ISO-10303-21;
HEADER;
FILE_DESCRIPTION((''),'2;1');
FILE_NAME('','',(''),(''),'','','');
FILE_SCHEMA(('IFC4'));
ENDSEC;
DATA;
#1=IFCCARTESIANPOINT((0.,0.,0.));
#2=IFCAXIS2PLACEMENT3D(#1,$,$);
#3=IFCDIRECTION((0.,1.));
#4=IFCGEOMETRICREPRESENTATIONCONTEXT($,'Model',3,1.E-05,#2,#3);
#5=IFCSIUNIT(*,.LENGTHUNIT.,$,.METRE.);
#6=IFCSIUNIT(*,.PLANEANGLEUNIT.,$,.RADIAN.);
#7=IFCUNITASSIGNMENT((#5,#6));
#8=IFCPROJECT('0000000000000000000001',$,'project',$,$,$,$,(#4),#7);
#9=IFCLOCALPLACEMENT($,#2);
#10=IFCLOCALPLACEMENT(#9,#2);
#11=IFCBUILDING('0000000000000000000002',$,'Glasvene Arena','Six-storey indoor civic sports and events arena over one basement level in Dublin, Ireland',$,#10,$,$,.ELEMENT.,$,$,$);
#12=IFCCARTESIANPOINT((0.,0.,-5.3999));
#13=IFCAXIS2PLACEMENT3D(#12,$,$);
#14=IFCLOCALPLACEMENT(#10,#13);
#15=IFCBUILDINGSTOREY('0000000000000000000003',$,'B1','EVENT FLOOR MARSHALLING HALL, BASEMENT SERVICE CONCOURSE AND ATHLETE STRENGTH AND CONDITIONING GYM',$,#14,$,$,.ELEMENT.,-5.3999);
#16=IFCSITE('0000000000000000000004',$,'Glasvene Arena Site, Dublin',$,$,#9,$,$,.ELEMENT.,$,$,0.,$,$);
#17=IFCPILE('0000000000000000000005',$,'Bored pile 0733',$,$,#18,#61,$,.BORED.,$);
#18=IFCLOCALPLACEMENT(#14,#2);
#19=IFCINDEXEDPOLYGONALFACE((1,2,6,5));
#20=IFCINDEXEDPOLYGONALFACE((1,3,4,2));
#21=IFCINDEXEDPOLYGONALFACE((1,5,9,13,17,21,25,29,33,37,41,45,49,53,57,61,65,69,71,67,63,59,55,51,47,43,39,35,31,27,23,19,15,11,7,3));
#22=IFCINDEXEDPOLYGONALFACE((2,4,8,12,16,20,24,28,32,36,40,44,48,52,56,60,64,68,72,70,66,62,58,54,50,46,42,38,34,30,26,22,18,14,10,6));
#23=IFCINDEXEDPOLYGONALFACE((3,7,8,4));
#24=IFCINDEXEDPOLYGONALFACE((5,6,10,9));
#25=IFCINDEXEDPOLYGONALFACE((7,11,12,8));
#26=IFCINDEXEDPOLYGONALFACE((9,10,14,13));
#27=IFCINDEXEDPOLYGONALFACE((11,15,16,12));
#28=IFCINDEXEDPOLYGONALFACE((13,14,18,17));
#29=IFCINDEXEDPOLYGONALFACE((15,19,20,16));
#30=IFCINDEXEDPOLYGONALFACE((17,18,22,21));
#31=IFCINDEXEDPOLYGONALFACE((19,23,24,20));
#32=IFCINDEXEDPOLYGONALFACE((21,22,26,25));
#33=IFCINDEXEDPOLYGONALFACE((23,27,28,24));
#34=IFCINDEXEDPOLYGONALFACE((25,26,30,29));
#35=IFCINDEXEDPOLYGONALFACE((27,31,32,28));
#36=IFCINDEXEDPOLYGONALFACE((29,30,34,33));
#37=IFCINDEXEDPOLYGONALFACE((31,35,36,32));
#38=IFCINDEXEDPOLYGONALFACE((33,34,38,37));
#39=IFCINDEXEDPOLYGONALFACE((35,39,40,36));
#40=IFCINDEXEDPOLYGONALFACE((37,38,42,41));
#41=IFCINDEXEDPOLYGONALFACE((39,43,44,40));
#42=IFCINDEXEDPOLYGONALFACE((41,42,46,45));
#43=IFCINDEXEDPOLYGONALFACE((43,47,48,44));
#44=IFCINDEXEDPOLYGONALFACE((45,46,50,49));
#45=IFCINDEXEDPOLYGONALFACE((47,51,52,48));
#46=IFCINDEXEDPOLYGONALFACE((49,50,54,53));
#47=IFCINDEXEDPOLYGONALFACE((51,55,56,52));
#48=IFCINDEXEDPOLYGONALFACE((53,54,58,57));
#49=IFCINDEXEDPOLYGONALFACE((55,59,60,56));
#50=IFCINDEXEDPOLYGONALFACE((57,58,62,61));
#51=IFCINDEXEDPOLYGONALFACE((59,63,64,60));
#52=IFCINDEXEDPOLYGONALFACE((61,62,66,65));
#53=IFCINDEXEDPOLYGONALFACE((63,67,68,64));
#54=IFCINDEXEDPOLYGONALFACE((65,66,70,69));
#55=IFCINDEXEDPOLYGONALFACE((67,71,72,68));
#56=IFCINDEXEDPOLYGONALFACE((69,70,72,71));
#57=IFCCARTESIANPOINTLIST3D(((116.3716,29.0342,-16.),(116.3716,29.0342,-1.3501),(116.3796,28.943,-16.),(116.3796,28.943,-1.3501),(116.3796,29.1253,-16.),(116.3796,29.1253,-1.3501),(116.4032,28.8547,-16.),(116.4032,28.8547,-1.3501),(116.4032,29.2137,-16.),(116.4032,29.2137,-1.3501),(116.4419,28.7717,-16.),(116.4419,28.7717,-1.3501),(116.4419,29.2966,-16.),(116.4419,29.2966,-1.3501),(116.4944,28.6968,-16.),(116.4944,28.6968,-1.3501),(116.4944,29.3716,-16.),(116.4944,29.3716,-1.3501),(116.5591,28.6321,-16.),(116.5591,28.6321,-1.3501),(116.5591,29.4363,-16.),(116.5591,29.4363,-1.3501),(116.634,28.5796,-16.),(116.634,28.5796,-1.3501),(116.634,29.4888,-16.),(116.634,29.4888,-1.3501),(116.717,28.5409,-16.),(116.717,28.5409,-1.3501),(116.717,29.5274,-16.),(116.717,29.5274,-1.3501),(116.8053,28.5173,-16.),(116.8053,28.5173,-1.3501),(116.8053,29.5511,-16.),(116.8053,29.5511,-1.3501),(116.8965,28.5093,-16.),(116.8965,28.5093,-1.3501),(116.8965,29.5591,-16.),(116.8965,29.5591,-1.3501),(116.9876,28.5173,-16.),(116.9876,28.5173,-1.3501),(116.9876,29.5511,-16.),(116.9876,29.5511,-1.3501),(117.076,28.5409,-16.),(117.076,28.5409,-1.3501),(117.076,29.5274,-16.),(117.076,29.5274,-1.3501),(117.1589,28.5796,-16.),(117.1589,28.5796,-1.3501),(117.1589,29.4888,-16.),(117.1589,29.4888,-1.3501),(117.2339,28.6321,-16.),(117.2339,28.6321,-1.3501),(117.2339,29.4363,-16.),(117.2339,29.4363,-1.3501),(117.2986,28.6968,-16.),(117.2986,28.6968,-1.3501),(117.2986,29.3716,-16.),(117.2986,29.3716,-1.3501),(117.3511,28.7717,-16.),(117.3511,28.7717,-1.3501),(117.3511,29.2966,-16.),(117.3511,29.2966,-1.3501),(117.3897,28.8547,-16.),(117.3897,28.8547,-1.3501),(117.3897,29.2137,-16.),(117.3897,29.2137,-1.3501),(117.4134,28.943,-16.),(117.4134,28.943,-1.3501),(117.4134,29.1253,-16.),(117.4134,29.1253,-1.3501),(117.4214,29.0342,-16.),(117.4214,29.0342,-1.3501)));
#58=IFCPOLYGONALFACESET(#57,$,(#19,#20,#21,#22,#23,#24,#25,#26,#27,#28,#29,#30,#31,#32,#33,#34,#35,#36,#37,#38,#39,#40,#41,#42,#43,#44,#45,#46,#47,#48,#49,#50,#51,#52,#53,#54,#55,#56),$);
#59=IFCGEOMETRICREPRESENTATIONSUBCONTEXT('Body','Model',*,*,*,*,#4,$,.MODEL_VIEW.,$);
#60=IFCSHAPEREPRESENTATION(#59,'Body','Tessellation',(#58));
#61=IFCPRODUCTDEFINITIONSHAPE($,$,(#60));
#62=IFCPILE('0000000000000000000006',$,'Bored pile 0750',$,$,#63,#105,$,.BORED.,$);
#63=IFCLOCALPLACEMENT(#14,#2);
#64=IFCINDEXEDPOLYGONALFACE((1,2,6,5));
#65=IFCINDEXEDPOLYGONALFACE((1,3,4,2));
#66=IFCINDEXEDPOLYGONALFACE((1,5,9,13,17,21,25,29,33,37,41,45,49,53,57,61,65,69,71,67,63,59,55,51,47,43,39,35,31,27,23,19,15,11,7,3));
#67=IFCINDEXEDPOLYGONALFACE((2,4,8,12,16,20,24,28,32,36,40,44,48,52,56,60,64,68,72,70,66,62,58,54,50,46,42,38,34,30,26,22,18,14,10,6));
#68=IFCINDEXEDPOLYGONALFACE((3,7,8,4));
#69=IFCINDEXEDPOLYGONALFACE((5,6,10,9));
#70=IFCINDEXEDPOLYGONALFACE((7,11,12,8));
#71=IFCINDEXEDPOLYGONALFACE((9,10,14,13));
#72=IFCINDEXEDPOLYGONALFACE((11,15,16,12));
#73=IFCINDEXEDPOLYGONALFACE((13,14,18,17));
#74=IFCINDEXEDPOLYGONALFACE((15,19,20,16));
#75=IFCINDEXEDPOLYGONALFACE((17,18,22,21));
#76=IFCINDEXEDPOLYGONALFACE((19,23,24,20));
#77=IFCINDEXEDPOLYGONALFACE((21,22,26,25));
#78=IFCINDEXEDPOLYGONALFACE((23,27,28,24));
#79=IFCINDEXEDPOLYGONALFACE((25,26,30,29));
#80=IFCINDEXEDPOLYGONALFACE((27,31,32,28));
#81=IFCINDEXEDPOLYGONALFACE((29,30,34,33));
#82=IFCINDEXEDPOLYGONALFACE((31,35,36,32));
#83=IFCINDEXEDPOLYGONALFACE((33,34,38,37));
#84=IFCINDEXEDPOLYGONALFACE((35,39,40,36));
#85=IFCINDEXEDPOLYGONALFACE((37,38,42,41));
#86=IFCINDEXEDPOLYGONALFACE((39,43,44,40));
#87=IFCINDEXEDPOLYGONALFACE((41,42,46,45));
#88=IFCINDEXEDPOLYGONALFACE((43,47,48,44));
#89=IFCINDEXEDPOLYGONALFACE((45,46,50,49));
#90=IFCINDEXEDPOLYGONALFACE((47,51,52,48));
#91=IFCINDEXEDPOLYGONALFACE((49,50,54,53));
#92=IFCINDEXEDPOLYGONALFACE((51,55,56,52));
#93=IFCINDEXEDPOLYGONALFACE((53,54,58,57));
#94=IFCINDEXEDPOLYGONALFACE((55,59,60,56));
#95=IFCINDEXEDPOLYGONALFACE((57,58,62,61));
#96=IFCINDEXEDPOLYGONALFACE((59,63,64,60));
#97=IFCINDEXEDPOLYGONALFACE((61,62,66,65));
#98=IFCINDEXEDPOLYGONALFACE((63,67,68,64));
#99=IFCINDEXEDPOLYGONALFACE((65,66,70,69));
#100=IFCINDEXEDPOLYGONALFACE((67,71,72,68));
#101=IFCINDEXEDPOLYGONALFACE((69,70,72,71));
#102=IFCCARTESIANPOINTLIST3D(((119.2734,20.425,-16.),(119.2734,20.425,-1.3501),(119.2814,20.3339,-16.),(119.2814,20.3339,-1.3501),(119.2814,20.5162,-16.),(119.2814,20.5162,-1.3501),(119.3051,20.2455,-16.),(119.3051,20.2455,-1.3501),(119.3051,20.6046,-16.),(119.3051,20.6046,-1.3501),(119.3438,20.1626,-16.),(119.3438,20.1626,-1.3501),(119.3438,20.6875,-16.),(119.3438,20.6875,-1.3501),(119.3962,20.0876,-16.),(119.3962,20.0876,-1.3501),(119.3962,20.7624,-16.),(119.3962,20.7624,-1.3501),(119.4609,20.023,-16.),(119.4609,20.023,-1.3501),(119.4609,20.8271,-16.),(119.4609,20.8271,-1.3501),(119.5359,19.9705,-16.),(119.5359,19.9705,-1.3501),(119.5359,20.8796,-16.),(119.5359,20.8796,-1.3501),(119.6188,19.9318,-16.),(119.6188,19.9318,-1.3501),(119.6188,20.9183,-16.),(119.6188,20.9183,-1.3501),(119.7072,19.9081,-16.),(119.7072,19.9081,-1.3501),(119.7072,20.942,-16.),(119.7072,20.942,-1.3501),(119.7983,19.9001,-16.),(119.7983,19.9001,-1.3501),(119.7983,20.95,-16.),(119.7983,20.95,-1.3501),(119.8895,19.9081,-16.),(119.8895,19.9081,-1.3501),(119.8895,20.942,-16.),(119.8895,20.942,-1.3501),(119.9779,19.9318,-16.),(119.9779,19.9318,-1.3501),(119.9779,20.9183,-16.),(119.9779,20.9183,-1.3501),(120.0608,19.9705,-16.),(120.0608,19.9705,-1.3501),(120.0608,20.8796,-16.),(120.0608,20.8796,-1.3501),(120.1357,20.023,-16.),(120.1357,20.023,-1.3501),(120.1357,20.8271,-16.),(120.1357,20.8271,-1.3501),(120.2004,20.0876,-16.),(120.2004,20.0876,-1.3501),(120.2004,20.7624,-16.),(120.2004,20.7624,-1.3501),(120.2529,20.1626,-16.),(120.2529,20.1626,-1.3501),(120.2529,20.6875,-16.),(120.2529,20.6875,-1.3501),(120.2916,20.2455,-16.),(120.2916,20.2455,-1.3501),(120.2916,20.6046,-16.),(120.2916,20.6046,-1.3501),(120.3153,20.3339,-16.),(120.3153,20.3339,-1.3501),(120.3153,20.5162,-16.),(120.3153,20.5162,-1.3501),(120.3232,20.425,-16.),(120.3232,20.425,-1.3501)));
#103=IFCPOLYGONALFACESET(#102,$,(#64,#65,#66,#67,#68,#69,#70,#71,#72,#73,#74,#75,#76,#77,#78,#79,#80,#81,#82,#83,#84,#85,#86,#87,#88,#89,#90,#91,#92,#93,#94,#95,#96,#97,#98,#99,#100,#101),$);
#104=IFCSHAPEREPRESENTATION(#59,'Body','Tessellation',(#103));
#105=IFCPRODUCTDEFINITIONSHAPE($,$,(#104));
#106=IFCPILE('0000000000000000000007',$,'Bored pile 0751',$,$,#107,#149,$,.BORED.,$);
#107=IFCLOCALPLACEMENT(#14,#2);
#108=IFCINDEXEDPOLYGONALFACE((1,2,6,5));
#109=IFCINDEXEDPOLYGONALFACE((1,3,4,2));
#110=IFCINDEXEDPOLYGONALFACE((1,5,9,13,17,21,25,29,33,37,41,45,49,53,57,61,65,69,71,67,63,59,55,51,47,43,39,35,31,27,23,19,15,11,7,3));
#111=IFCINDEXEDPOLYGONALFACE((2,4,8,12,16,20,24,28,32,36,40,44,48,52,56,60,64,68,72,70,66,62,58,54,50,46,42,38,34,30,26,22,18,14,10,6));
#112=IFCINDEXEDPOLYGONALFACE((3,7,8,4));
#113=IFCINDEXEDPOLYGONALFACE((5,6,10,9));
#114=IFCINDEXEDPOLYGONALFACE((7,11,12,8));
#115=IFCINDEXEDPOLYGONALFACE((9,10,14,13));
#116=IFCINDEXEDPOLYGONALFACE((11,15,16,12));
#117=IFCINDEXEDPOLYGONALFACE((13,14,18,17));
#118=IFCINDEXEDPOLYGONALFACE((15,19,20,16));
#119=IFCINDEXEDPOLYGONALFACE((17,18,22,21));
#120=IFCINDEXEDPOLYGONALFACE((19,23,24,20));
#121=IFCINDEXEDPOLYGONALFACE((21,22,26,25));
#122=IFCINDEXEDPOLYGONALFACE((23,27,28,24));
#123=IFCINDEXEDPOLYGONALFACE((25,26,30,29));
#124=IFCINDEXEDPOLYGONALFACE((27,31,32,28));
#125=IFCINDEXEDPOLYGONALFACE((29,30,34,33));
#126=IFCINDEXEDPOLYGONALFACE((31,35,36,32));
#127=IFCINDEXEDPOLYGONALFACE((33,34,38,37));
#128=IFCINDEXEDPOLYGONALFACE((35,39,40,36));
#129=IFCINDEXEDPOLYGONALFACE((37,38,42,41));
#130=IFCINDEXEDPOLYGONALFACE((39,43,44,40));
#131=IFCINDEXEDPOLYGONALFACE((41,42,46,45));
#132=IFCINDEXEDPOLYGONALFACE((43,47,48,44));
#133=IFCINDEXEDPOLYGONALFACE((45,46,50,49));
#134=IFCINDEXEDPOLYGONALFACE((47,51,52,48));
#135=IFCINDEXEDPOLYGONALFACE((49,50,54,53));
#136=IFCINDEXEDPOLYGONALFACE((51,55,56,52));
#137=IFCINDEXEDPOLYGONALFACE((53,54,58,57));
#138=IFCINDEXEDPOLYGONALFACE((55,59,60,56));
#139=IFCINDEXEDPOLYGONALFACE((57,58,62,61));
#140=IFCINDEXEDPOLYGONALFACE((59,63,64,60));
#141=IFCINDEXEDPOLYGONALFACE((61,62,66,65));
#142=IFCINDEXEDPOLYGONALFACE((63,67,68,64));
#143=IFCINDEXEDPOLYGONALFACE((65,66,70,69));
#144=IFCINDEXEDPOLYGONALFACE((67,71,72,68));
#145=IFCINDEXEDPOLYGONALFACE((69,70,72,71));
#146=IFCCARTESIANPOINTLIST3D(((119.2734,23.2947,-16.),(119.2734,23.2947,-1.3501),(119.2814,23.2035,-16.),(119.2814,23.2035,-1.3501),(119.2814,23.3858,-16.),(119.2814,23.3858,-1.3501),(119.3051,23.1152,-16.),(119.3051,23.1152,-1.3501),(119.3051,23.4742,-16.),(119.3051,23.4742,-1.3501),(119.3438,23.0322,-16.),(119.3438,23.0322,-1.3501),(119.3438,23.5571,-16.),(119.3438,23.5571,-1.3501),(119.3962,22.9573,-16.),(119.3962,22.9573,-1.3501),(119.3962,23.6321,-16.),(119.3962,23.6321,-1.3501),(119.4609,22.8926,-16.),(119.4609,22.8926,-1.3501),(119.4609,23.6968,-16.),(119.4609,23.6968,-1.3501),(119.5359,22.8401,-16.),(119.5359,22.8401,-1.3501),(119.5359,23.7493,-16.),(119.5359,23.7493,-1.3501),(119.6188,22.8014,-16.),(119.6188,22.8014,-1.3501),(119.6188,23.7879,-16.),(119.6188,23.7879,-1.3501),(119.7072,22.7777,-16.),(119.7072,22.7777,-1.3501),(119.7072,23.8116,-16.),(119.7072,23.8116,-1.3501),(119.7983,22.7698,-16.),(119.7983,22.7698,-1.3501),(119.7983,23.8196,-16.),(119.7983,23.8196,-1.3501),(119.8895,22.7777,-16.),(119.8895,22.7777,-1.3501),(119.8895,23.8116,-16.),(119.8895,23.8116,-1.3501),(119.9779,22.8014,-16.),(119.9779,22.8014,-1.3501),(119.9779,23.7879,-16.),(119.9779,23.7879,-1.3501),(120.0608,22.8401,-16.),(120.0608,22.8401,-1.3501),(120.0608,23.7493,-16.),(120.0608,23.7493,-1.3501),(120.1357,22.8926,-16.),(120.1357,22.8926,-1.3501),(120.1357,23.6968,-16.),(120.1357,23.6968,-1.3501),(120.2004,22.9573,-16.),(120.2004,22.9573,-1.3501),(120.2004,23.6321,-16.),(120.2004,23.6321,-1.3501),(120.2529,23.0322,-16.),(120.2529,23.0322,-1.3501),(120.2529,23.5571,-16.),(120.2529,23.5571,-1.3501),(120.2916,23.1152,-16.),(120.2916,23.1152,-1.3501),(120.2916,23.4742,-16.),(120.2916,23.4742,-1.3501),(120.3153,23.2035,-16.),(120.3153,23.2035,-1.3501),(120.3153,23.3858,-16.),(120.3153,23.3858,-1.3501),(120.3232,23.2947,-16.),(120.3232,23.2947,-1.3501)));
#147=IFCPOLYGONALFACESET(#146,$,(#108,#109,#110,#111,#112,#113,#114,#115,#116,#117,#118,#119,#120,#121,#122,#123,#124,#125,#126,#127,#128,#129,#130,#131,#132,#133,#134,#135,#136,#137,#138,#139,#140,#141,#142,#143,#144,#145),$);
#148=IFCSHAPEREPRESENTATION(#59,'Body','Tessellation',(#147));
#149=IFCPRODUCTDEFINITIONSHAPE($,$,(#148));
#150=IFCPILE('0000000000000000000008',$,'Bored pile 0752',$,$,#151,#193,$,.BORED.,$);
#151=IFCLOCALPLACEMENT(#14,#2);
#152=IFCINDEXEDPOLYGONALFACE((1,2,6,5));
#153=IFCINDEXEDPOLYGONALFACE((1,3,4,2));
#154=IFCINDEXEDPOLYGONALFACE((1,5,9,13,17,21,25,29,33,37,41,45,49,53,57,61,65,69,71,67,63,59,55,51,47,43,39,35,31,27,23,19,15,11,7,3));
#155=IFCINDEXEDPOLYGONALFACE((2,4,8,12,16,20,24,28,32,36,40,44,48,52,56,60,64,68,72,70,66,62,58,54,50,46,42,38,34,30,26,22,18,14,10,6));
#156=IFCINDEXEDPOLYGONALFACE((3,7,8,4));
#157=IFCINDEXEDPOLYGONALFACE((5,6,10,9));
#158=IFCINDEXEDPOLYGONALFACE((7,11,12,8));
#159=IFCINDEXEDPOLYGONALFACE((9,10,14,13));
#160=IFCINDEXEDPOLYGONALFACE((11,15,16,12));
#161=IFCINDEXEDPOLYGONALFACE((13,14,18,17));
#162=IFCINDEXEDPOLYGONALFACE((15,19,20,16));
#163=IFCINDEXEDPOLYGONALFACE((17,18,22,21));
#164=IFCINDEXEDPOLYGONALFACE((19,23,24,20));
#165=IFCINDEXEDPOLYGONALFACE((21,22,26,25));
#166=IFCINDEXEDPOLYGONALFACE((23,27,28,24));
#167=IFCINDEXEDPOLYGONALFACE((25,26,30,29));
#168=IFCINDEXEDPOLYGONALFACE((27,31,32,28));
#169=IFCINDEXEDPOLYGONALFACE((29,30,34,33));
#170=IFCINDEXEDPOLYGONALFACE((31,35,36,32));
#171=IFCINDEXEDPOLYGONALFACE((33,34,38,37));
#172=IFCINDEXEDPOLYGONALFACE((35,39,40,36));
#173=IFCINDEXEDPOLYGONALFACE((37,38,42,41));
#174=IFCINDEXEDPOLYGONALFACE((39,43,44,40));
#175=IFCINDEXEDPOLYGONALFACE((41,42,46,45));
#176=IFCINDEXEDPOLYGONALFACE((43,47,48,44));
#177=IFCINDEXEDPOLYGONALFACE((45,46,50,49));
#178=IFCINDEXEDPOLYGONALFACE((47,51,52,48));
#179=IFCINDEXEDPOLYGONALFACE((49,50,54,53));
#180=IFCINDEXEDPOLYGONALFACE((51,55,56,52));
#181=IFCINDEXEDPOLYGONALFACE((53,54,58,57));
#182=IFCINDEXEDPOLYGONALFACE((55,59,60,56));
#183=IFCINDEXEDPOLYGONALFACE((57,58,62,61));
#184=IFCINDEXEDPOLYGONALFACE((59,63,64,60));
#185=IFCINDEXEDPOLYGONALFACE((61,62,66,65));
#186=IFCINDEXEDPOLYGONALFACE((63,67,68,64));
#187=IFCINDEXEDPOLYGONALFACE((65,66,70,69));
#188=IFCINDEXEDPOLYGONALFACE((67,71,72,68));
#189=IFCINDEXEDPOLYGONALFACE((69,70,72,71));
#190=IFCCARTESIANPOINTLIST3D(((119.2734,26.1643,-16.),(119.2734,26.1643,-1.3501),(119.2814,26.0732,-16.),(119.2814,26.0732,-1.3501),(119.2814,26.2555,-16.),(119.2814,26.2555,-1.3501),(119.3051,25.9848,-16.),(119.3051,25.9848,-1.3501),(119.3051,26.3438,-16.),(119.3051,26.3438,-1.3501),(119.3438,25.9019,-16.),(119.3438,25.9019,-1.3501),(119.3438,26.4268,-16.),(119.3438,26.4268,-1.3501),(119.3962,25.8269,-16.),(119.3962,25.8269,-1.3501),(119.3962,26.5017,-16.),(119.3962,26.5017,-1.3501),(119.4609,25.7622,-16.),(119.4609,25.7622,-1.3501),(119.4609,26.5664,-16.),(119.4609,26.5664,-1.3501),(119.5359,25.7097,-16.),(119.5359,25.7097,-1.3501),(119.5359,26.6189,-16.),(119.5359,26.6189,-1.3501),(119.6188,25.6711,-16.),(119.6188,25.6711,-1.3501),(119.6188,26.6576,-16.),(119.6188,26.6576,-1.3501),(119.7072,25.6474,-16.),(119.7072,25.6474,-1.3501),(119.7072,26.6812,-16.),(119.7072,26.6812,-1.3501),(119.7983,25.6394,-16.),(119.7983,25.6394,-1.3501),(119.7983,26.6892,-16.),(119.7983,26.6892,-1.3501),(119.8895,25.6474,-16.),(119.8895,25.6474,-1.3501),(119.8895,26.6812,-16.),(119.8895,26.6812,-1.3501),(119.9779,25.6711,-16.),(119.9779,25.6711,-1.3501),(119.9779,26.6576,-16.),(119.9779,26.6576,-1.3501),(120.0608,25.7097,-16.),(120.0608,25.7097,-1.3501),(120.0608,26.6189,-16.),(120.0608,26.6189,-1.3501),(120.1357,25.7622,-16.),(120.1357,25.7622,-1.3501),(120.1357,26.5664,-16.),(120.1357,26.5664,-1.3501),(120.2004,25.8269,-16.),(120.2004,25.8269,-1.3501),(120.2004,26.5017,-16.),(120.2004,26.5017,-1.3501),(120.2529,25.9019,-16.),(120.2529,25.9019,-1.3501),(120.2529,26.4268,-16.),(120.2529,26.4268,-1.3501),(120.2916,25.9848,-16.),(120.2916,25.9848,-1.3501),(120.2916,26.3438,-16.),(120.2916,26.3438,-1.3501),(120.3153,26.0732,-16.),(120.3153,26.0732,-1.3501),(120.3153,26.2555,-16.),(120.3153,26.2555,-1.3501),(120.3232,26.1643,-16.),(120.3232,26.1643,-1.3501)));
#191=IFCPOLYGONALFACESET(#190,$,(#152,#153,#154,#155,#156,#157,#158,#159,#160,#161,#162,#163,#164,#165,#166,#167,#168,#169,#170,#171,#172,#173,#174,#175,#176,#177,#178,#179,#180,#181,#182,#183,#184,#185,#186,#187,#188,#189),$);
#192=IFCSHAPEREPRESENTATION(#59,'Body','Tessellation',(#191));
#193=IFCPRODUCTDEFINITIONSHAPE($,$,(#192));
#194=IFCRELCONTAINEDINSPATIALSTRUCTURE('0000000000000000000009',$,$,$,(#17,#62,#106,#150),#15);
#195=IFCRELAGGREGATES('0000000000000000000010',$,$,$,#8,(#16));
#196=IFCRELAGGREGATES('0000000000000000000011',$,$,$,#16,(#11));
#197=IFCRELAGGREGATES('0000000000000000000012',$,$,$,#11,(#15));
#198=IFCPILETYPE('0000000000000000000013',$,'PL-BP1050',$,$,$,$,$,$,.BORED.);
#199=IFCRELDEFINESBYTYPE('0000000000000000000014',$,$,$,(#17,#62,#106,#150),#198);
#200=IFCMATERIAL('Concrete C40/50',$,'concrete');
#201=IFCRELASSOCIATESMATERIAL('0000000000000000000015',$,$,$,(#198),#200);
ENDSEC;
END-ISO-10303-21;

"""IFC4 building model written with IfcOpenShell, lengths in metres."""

from ifc_helpers import new_model, si_unit, direction, frame, origin, origin_2d, place, context, subcontext, project, spatial, circle, extrude, material, material_profile, profile_set, type_object, element, save


model = new_model("IFC4")

# Units and contexts
model_context = context("Model", 3, precision=1e-05, world=origin(), true_north=direction((0.0, 1.0)))
body_context = subcontext(model_context, "Body", "Model", "MODEL_VIEW")
ifc_project = project(units=[si_unit("LENGTHUNIT", "METRE"), si_unit("PLANEANGLEUNIT", "RADIAN")], contexts=[model_context])

# Site, building, storey
site_placement = place(None, origin())
site = spatial("IfcSite", under=ifc_project, at=site_placement, Name="Glasvene Arena Site, Dublin", CompositionType="ELEMENT", RefElevation=0.0)
building_placement = place(site_placement, origin())
building = spatial("IfcBuilding", under=site, at=building_placement, Name="Glasvene Arena", Description="Six-storey indoor civic sports and events arena over one basement level in Dublin, Ireland", CompositionType="ELEMENT")
storey_placement = place(building_placement, frame((0.0, 0.0, -5.3999)))
storey = spatial("IfcBuildingStorey", under=building, at=storey_placement, Name="B1", Description="EVENT FLOOR MARSHALLING HALL, BASEMENT SERVICE CONCOURSE AND ATHLETE STRENGTH AND CONDITIONING GYM", CompositionType="ELEMENT", Elevation=-5.3999)

# Piles
ifc_material_1 = material(Name="Concrete C40/50", Category="concrete")
ifc_material_profile_1 = material_profile(ifc_material_1, circle(Radius=0.5249, at=origin_2d()), Name="BORED PILE 1050")
ifc_profile_set_1 = profile_set([ifc_material_profile_1], Name="Concrete C40/50")
pile_type = type_object("IfcPileType", Name="PL-BP1050", PredefinedType="BORED", material=ifc_profile_set_1)
for number, where, z_axis, x_axis, name in (
    (1, (116.8965, 29.0342, -1.3501), (0.0, 0.0, -1.0), (1.0, 0.0, 0.0), "Bored pile 0733"),
    (2, (119.7983, 20.425, -1.3501), (0.0, 0.0, -1.0), (1.0, 0.0, 0.0), "Bored pile 0750"),
    (3, (119.7983, 23.2947, -1.3501), (0.0, 0.0, -1.0), (1.0, 0.0, 0.0), "Bored pile 0751"),
    (4, (119.7983, 26.1643, -1.3501), (0.0, 0.0, -1.0), (1.0, 0.0, 0.0), "Bored pile 0752"),
):
    element("IfcPile", number, at=place(storey_placement, frame(where, z_axis=z_axis, x_axis=x_axis)), inside=storey, type_object=pile_type, Name=name, PredefinedType="BORED", context=body_context, shape_type="SweptSolid", body=[
        extrude(circle(Radius=0.5249, at=origin_2d()), origin(), (0.0, 0.0, 1.0), 14.6499),
    ])

save(model, "model.ifc")
